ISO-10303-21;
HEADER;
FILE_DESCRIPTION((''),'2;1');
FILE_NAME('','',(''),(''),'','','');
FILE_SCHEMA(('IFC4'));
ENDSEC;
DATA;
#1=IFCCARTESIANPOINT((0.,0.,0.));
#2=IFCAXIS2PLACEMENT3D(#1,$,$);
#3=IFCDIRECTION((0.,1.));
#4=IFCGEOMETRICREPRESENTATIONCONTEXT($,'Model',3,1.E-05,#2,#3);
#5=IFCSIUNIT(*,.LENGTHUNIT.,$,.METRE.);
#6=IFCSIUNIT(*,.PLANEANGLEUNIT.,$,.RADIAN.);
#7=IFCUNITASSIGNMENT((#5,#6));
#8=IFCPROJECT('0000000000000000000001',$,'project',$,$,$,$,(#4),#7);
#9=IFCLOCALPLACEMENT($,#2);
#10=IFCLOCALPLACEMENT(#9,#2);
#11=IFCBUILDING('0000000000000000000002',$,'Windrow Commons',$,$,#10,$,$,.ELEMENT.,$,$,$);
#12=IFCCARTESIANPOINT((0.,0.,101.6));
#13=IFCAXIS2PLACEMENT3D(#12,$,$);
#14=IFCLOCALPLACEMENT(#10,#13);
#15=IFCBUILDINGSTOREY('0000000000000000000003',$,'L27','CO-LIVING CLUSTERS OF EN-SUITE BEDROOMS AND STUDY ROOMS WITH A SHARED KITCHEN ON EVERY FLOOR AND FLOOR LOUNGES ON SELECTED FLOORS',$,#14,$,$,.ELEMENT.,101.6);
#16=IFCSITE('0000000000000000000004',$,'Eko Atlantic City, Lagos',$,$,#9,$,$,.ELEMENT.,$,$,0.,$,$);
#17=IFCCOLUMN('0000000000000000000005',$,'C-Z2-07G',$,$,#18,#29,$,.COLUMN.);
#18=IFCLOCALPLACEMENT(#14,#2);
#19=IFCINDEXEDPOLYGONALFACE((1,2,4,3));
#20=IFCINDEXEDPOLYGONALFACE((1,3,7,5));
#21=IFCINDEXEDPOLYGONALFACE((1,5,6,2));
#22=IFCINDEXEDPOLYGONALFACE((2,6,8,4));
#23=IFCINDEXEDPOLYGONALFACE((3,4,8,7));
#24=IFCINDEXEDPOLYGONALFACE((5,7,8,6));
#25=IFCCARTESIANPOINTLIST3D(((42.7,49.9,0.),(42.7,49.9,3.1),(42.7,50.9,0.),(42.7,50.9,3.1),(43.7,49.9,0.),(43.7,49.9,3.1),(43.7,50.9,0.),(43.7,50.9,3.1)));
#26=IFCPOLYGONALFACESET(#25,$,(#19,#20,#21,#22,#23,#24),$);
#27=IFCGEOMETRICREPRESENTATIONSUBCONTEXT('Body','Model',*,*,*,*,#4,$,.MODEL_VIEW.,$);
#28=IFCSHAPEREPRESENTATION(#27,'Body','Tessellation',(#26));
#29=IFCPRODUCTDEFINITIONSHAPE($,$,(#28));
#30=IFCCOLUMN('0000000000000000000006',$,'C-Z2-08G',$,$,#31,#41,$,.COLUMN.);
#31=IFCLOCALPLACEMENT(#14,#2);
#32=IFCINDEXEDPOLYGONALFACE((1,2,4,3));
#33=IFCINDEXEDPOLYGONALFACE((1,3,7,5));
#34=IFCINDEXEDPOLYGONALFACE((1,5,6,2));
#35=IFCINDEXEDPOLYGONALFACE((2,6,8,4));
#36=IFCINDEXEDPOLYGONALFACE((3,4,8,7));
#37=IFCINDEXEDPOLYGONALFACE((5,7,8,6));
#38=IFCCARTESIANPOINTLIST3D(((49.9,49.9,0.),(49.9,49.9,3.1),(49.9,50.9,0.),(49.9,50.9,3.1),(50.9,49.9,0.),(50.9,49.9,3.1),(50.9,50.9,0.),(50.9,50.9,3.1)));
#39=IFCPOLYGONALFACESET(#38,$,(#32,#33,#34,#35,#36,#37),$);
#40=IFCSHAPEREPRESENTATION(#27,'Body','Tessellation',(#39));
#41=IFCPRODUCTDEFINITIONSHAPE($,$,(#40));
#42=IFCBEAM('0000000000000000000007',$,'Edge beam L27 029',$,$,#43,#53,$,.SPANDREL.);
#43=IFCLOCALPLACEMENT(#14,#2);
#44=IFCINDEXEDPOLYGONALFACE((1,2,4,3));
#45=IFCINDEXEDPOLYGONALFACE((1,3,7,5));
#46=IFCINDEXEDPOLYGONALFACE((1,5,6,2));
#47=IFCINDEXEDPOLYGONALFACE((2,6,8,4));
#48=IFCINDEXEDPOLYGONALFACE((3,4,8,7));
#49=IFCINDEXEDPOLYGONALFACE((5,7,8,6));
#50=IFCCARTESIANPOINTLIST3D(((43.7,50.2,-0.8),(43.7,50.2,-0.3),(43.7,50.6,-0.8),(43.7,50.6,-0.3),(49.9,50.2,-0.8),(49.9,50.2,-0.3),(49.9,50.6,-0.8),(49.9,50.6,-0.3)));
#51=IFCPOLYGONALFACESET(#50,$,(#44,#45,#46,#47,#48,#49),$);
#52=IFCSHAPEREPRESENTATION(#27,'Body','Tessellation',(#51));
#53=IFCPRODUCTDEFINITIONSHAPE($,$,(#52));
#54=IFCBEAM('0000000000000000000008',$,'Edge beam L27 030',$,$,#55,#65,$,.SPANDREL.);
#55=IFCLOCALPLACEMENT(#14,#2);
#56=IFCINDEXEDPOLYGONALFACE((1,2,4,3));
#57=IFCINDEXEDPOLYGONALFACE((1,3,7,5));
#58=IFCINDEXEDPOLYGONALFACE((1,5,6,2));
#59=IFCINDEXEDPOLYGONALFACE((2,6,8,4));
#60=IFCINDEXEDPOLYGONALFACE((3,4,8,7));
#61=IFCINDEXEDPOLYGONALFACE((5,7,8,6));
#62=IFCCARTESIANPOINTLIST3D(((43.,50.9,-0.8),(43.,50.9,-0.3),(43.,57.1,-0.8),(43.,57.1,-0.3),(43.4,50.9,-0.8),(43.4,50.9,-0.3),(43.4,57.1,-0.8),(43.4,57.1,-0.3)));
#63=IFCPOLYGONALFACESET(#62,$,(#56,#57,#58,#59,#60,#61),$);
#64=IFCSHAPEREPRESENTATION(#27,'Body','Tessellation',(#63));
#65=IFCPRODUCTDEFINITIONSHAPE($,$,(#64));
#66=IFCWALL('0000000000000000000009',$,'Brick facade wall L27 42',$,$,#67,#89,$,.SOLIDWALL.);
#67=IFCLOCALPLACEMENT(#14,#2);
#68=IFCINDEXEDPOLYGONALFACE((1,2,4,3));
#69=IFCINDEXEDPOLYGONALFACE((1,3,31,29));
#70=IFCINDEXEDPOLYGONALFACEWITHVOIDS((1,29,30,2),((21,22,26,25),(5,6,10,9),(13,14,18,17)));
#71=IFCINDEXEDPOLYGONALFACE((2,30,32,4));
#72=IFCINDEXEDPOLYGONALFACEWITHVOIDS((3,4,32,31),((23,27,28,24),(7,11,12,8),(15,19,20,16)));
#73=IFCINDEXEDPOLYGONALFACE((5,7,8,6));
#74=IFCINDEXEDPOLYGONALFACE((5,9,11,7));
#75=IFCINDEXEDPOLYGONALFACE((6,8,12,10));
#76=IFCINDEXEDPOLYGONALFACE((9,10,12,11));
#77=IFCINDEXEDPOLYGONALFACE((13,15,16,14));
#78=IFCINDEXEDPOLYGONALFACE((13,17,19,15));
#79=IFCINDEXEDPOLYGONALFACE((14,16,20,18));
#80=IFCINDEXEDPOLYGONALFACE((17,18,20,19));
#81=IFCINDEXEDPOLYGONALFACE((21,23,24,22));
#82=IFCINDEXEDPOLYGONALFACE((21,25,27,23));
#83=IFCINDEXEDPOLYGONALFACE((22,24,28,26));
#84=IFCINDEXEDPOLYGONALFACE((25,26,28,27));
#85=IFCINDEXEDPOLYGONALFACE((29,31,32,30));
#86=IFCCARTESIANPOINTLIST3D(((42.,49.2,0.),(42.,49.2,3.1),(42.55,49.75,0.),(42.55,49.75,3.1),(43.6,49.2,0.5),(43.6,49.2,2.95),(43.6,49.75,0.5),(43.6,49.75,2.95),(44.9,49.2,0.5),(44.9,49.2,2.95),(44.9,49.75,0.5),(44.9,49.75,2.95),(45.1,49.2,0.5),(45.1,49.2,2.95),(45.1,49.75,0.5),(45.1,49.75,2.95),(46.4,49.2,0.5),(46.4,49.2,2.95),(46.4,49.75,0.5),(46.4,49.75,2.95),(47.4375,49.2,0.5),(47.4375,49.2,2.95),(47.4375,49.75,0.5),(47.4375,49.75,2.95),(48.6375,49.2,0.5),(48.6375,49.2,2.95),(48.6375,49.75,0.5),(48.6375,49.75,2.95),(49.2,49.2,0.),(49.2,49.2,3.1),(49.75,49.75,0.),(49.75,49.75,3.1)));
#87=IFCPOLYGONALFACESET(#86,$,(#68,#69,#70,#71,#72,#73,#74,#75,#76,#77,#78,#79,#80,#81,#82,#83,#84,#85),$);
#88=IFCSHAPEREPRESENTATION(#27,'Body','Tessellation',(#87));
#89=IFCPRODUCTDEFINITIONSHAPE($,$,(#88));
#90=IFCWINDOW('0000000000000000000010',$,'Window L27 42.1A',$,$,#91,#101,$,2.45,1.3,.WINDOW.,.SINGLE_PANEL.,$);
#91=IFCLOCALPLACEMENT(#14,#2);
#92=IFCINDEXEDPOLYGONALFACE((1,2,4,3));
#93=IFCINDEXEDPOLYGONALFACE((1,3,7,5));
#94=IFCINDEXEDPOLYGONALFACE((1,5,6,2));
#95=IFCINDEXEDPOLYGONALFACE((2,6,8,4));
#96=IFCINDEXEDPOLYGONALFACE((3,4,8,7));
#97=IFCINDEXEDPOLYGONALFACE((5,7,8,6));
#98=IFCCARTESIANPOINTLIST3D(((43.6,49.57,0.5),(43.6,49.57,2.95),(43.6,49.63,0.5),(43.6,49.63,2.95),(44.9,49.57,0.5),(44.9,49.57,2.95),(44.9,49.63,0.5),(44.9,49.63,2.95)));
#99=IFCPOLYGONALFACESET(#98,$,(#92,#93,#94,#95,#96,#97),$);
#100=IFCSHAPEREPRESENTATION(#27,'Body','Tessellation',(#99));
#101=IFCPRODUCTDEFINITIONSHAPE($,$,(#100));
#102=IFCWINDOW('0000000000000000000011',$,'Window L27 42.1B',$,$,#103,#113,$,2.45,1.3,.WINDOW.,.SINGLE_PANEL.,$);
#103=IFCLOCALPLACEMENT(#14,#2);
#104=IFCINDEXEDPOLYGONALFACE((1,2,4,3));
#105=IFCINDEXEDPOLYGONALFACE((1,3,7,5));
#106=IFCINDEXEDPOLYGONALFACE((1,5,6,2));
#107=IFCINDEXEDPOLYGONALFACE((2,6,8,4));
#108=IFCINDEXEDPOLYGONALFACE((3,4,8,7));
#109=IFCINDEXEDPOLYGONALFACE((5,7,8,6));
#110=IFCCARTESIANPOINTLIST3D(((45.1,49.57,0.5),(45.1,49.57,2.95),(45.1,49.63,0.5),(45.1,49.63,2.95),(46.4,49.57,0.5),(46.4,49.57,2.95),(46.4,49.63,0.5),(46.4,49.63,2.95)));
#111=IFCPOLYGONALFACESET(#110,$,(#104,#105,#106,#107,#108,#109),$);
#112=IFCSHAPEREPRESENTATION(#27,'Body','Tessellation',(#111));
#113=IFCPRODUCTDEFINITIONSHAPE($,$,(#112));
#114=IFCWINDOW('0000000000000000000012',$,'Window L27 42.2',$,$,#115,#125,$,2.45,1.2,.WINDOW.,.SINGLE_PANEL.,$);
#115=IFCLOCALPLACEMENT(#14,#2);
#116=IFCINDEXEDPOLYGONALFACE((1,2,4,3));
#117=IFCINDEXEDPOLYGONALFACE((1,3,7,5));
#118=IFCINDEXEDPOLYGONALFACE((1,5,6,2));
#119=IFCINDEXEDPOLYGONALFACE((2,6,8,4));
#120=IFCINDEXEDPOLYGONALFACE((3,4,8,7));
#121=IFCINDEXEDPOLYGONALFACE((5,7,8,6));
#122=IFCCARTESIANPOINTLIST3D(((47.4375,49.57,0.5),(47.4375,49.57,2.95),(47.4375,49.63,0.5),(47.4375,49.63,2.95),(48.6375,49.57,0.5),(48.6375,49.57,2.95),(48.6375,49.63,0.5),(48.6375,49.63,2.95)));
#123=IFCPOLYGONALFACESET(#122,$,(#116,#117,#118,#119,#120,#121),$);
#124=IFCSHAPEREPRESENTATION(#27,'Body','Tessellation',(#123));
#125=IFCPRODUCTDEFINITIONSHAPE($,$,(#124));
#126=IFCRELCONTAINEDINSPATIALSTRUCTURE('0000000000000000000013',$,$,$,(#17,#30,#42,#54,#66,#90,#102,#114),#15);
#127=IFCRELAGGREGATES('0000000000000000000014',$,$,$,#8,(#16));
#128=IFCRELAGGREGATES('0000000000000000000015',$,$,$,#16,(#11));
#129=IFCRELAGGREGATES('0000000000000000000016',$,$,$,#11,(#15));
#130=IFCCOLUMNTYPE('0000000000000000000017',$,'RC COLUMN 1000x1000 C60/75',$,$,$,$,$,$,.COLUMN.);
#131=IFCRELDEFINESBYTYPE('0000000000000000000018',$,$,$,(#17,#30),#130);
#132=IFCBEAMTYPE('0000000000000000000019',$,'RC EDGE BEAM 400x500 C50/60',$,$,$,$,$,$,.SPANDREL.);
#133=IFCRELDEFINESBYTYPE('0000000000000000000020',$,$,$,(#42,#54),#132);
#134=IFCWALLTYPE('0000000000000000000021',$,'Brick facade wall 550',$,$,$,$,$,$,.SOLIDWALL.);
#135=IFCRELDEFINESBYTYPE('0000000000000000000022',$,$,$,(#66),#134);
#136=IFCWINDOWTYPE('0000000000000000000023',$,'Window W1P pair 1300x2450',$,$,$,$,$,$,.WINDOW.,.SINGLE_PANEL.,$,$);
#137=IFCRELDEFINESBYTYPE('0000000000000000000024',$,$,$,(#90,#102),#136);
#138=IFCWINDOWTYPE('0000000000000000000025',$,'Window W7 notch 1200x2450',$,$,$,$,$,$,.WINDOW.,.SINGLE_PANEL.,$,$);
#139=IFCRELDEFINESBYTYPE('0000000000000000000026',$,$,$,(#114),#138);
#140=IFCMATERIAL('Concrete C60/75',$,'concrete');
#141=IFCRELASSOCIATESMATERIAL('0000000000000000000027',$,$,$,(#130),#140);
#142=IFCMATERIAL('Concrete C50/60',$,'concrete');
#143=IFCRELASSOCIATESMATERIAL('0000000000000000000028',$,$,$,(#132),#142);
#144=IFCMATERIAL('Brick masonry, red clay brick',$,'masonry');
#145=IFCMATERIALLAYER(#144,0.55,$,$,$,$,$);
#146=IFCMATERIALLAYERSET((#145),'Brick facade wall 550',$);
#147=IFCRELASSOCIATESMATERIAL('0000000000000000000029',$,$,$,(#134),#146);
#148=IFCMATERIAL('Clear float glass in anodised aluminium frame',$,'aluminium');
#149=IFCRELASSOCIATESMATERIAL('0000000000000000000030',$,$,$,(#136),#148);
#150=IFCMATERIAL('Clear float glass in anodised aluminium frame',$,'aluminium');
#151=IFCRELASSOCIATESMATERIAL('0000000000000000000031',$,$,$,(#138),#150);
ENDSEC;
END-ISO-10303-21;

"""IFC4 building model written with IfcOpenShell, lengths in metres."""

from ifc_helpers import new_model, si_unit, direction, frame, frame_2d, origin, origin_2d, place, context, subcontext, project, spatial, polyline, rectangle, outline, extrude, material, layer, layer_set, material_profile, profile_set, type_object, element, fill, save


model = new_model("IFC4")

# Units and contexts
model_context = context("Model", 3, precision=1e-05, world=origin(), true_north=direction((0.0, 1.0)))
body_context = subcontext(model_context, "Body", "Model", "MODEL_VIEW")
ifc_project = project(units=[si_unit("LENGTHUNIT", "METRE"), si_unit("PLANEANGLEUNIT", "RADIAN")], contexts=[model_context])

# Site, building, storey
site_placement = place(None, origin())
site = spatial("IfcSite", under=ifc_project, at=site_placement, Name="Eko Atlantic City, Lagos", CompositionType="ELEMENT", RefElevation=0.0)
building_placement = place(site_placement, origin())
building = spatial("IfcBuilding", under=site, at=building_placement, Name="Windrow Commons", CompositionType="ELEMENT")
storey_placement = place(building_placement, frame((0.0, 0.0, 101.6)))
storey = spatial("IfcBuildingStorey", under=building, at=storey_placement, Name="L27", Description="CO-LIVING CLUSTERS OF EN-SUITE BEDROOMS AND STUDY ROOMS WITH A SHARED KITCHEN ON EVERY FLOOR AND FLOOR LOUNGES ON SELECTED FLOORS", CompositionType="ELEMENT", Elevation=101.6)

# Columns
ifc_material_1 = material(Name="Concrete C60/75", Category="concrete")
ifc_material_profile_1 = material_profile(ifc_material_1, rectangle(XDim=1.0, YDim=1.0, at=origin_2d()))
ifc_profile_set_1 = profile_set([ifc_material_profile_1], Name="Concrete C60/75")
column_type = type_object("IfcColumnType", Name="RC COLUMN 1000x1000 C60/75", PredefinedType="COLUMN", material=ifc_profile_set_1)
for number, where, z_axis, x_axis, name in (
    (1, (43.2, 50.4, 0.0), (0.0, 0.0, 1.0), (1.0, 0.0, 0.0), "C-Z2-07G"),
    (2, (50.4, 50.4, 0.0), (0.0, 0.0, 1.0), (1.0, 0.0, 0.0), "C-Z2-08G"),
):
    element("IfcColumn", number, at=place(storey_placement, frame(where, z_axis=z_axis, x_axis=x_axis)), inside=storey, type_object=column_type, Name=name, PredefinedType="COLUMN", context=body_context, shape_type="SweptSolid", body=[
        extrude(rectangle(XDim=1.0, YDim=1.0, at=origin_2d()), origin(), (0.0, 0.0, 1.0), 3.1),
    ])

# Beams
ifc_material_2 = material(Name="Concrete C50/60", Category="concrete")
ifc_material_profile_2 = material_profile(ifc_material_2, rectangle(XDim=0.4, YDim=0.5, at=origin_2d()))
ifc_profile_set_2 = profile_set([ifc_material_profile_2], Name="Concrete C50/60")
beam_type = type_object("IfcBeamType", Name="RC EDGE BEAM 400x500 C50/60", PredefinedType="SPANDREL", material=ifc_profile_set_2)
for number, where, z_axis, x_axis, name in (
    (3, (49.9, 50.4, -0.55), (-1.0, 0.0, 0.0), (0.0, -1.0, 0.0), "Edge beam L27 029"),
    (4, (43.2, 50.9, -0.55), (0.0, 1.0, 0.0), (-1.0, 0.0, 0.0), "Edge beam L27 030"),
):
    element("IfcBeam", number, at=place(storey_placement, frame(where, z_axis=z_axis, x_axis=x_axis)), inside=storey, type_object=beam_type, Name=name, PredefinedType="SPANDREL", context=body_context, shape_type="SweptSolid", body=[
        extrude(rectangle(XDim=0.4, YDim=0.5, at=origin_2d()), origin(), (0.0, 0.0, 1.0), 6.2),
    ])

# Wall, openings, windows
ifc_material_3 = material(Name="Brick masonry, red clay brick", Category="masonry")
ifc_layer_1 = layer(ifc_material_3, 0.55)
ifc_layer_set_1 = layer_set([ifc_layer_1], Name="Brick facade wall 550")
wall_type_1 = type_object("IfcWallType", Name="Brick facade wall 550", PredefinedType="SOLIDWALL", material=ifc_layer_set_1)
wall_1_placement = place(storey_placement, frame((42.275, 49.475, 0.0), z_axis=(0.0, 0.0, 1.0), x_axis=(1.0, 0.0, 0.0)))
wall_1 = element("IfcWall", 5, at=wall_1_placement, inside=storey, type_object=wall_type_1, Name="Brick facade wall L27 42", PredefinedType="SOLIDWALL", context=body_context, shape_type="SweptSolid", body=[
    extrude(outline(polyline([(-0.275, -0.275), (6.925, -0.275), (7.475, 0.275), (0.275, 0.275), (-0.275, -0.275)])), origin(), (0.0, 0.0, 1.0), 3.1),
])
opening_1_placement = place(wall_1_placement, frame((1.325, 0.0, 0.5)))
opening_1 = element("IfcOpeningElement", 6, at=opening_1_placement, cuts=wall_1, PredefinedType="OPENING", context=body_context, shape_type="SweptSolid", body=[
    extrude(rectangle(XDim=1.3, YDim=2.45, at=frame_2d((0.65, 1.225))), frame((0.0, 0.285, 0.0), z_axis=(0.0, -1.0, 0.0), x_axis=(1.0, 0.0, 0.0)), (0.0, 0.0, 1.0), 0.57),
])
opening_2_placement = place(wall_1_placement, frame((2.825, 0.0, 0.5)))
opening_2 = element("IfcOpeningElement", 7, at=opening_2_placement, cuts=wall_1, PredefinedType="OPENING", context=body_context, shape_type="SweptSolid", body=[
    extrude(rectangle(XDim=1.3, YDim=2.45, at=frame_2d((0.65, 1.225))), frame((0.0, 0.285, 0.0), z_axis=(0.0, -1.0, 0.0), x_axis=(1.0, 0.0, 0.0)), (0.0, 0.0, 1.0), 0.57),
])
opening_3_placement = place(wall_1_placement, frame((5.1625, 0.0, 0.5)))
opening_3 = element("IfcOpeningElement", 8, at=opening_3_placement, cuts=wall_1, PredefinedType="OPENING", context=body_context, shape_type="SweptSolid", body=[
    extrude(rectangle(XDim=1.2, YDim=2.45, at=frame_2d((0.6, 1.225))), frame((0.0, 0.285, 0.0), z_axis=(0.0, -1.0, 0.0), x_axis=(1.0, 0.0, 0.0)), (0.0, 0.0, 1.0), 0.57),
])
ifc_material_4 = material(Name="Clear float glass in anodised aluminium frame", Category="aluminium")
window_type_1 = type_object("IfcWindowType", Name="Window W1P pair 1300x2450", PartitioningType="SINGLE_PANEL", PredefinedType="WINDOW", material=ifc_material_4)
window_1_placement = place(opening_1_placement, origin())
window_1 = element("IfcWindow", 9, at=window_1_placement, inside=storey, type_object=window_type_1, Name="Window L27 42.1A", OverallHeight=2.45, OverallWidth=1.3, PartitioningType="SINGLE_PANEL", PredefinedType="WINDOW", context=body_context, shape_type="SweptSolid", body=[
    extrude(rectangle(XDim=1.3, YDim=2.45, at=frame_2d((0.65, 1.225))), frame((0.0, 0.155, 0.0), z_axis=(0.0, -1.0, 0.0), x_axis=(1.0, 0.0, 0.0)), (0.0, 0.0, 1.0), 0.06),
])
fill(opening_1, window_1)
window_2_placement = place(opening_2_placement, origin())
window_2 = element("IfcWindow", 10, at=window_2_placement, inside=storey, type_object=window_type_1, Name="Window L27 42.1B", OverallHeight=2.45, OverallWidth=1.3, PartitioningType="SINGLE_PANEL", PredefinedType="WINDOW", context=body_context, shape_type="SweptSolid", body=[
    extrude(rectangle(XDim=1.3, YDim=2.45, at=frame_2d((0.65, 1.225))), frame((0.0, 0.155, 0.0), z_axis=(0.0, -1.0, 0.0), x_axis=(1.0, 0.0, 0.0)), (0.0, 0.0, 1.0), 0.06),
])
fill(opening_2, window_2)
ifc_material_5 = material(Name="Clear float glass in anodised aluminium frame", Category="aluminium")
window_type_2 = type_object("IfcWindowType", Name="Window W7 notch 1200x2450", PartitioningType="SINGLE_PANEL", PredefinedType="WINDOW", material=ifc_material_5)
window_3_placement = place(opening_3_placement, origin())
window_3 = element("IfcWindow", 11, at=window_3_placement, inside=storey, type_object=window_type_2, Name="Window L27 42.2", OverallHeight=2.45, OverallWidth=1.2, PartitioningType="SINGLE_PANEL", PredefinedType="WINDOW", context=body_context, shape_type="SweptSolid", body=[
    extrude(rectangle(XDim=1.2, YDim=2.45, at=frame_2d((0.6, 1.225))), frame((0.0, 0.155, 0.0), z_axis=(0.0, -1.0, 0.0), x_axis=(1.0, 0.0, 0.0)), (0.0, 0.0, 1.0), 0.06),
])
fill(opening_3, window_3)

save(model, "model.ifc")
